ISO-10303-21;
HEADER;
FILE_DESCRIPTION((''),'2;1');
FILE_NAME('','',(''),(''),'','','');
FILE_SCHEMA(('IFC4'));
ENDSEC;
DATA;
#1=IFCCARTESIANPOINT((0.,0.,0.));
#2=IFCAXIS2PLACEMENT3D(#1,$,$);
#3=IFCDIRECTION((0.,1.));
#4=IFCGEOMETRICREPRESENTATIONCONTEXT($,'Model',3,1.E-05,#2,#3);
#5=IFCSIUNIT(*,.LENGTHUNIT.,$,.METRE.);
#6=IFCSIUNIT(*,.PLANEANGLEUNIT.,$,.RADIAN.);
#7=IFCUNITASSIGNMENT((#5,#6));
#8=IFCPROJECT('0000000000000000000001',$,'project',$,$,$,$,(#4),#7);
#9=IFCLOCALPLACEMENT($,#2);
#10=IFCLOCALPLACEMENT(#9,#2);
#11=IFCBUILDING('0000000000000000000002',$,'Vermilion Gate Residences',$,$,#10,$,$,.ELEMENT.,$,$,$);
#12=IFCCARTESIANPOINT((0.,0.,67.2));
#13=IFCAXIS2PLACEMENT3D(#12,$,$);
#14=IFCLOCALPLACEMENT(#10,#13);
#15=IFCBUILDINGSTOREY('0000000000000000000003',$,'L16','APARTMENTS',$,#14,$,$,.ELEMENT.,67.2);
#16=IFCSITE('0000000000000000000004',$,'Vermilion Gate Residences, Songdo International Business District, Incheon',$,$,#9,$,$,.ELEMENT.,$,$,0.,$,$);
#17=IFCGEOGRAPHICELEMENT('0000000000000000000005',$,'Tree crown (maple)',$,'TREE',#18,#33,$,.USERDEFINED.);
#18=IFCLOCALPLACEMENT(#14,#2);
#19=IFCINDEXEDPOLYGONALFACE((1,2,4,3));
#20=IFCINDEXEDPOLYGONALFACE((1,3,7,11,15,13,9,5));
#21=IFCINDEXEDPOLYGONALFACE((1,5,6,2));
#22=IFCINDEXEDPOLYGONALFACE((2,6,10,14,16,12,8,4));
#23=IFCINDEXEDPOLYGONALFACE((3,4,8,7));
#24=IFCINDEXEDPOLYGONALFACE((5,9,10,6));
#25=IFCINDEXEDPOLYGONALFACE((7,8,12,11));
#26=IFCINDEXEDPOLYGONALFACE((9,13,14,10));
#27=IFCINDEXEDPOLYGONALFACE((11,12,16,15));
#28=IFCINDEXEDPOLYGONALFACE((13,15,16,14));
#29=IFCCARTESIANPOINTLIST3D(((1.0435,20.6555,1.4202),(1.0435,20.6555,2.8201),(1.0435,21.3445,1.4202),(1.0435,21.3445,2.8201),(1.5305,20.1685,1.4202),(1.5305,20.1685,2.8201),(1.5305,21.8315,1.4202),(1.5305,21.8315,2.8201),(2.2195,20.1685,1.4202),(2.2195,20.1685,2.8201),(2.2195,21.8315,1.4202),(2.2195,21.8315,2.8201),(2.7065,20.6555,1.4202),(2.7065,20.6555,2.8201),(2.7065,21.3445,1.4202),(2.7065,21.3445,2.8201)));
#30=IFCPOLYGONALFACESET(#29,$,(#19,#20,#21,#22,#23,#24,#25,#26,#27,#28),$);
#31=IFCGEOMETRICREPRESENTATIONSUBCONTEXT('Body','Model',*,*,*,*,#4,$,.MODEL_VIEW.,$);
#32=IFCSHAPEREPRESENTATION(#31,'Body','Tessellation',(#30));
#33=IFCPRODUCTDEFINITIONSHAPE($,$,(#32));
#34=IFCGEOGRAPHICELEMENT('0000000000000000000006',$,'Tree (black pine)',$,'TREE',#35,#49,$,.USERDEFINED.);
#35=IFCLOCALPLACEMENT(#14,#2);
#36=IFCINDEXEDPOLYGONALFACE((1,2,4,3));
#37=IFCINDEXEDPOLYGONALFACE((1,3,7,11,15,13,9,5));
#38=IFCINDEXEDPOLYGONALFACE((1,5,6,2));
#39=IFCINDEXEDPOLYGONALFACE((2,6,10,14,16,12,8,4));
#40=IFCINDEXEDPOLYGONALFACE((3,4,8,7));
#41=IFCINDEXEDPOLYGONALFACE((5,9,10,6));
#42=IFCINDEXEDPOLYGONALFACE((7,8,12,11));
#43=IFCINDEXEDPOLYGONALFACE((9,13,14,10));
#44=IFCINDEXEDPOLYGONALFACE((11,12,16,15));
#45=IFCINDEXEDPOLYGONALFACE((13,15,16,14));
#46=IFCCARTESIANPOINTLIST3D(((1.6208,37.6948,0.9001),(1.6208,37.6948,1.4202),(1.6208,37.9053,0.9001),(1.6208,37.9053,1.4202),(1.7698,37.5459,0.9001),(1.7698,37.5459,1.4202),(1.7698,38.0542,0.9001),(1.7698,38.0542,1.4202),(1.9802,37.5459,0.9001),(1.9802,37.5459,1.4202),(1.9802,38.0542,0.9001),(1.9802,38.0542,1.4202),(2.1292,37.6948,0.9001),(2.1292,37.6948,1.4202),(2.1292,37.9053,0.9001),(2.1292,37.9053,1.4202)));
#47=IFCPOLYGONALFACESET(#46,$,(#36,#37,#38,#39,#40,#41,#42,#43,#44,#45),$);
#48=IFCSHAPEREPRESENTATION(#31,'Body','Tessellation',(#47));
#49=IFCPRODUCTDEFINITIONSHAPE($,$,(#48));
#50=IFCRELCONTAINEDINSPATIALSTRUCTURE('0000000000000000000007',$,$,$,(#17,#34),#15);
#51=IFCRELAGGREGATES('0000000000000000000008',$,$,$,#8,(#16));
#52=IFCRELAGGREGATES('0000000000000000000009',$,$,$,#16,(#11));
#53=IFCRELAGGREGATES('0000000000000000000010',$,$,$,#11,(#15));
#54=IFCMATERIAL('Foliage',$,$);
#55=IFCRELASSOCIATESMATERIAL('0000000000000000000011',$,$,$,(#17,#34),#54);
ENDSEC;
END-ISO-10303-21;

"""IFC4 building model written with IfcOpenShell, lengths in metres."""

from ifc_helpers import new_model, si_unit, direction, frame, origin, place, context, subcontext, project, spatial, polyline, outline, extrude, material, element, save


model = new_model("IFC4")

# Units and contexts
model_context = context("Model", 3, precision=1e-05, world=origin(), true_north=direction((0.0, 1.0)))
body_context = subcontext(model_context, "Body", "Model", "MODEL_VIEW")
ifc_project = project(units=[si_unit("LENGTHUNIT", "METRE"), si_unit("PLANEANGLEUNIT", "RADIAN")], contexts=[model_context])

# Site, building, storey
site_placement = place(None, origin())
site = spatial("IfcSite", under=ifc_project, at=site_placement, Name="Vermilion Gate Residences, Songdo International Business District, Incheon", CompositionType="ELEMENT", RefElevation=0.0)
building_placement = place(site_placement, origin())
building = spatial("IfcBuilding", under=site, at=building_placement, Name="Vermilion Gate Residences", CompositionType="ELEMENT")
storey_placement = place(building_placement, frame((0.0, 0.0, 67.2)))
storey = spatial("IfcBuildingStorey", under=building, at=storey_placement, Name="L16", Description="APARTMENTS", CompositionType="ELEMENT", Elevation=67.2)

# Geographic elements
ifc_material = material(Name="Foliage")
geographic_element_1_placement = place(storey_placement, frame((0.0, 0.0, 1.4202)))
element("IfcGeographicElement", 1, at=geographic_element_1_placement, inside=storey, material=ifc_material, Name="Tree crown (maple)", ObjectType="TREE", PredefinedType="USERDEFINED", context=body_context, shape_type="SweptSolid", body=[
    extrude(outline(polyline([(2.7065, 21.3445), (2.2195, 21.8315), (1.5305, 21.8315), (1.0435, 21.3445), (1.0435, 20.6555), (1.5305, 20.1685), (2.2195, 20.1685), (2.7065, 20.6555), (2.7065, 21.3445)])), origin(), (0.0, 0.0, 1.0), 1.3999),
])
geographic_element_2_placement = place(storey_placement, frame((0.0, 0.0, 0.9001)))
element("IfcGeographicElement", 2, at=geographic_element_2_placement, inside=storey, material=ifc_material, Name="Tree (black pine)", ObjectType="TREE", PredefinedType="USERDEFINED", context=body_context, shape_type="SweptSolid", body=[
    extrude(outline(polyline([(2.1292, 37.9053), (1.9802, 38.0542), (1.7698, 38.0542), (1.6208, 37.9053), (1.6208, 37.6948), (1.7698, 37.5459), (1.9802, 37.5459), (2.1292, 37.6948), (2.1292, 37.9053)])), origin(), (0.0, 0.0, 1.0), 0.52),
])

save(model, "model.ifc")
